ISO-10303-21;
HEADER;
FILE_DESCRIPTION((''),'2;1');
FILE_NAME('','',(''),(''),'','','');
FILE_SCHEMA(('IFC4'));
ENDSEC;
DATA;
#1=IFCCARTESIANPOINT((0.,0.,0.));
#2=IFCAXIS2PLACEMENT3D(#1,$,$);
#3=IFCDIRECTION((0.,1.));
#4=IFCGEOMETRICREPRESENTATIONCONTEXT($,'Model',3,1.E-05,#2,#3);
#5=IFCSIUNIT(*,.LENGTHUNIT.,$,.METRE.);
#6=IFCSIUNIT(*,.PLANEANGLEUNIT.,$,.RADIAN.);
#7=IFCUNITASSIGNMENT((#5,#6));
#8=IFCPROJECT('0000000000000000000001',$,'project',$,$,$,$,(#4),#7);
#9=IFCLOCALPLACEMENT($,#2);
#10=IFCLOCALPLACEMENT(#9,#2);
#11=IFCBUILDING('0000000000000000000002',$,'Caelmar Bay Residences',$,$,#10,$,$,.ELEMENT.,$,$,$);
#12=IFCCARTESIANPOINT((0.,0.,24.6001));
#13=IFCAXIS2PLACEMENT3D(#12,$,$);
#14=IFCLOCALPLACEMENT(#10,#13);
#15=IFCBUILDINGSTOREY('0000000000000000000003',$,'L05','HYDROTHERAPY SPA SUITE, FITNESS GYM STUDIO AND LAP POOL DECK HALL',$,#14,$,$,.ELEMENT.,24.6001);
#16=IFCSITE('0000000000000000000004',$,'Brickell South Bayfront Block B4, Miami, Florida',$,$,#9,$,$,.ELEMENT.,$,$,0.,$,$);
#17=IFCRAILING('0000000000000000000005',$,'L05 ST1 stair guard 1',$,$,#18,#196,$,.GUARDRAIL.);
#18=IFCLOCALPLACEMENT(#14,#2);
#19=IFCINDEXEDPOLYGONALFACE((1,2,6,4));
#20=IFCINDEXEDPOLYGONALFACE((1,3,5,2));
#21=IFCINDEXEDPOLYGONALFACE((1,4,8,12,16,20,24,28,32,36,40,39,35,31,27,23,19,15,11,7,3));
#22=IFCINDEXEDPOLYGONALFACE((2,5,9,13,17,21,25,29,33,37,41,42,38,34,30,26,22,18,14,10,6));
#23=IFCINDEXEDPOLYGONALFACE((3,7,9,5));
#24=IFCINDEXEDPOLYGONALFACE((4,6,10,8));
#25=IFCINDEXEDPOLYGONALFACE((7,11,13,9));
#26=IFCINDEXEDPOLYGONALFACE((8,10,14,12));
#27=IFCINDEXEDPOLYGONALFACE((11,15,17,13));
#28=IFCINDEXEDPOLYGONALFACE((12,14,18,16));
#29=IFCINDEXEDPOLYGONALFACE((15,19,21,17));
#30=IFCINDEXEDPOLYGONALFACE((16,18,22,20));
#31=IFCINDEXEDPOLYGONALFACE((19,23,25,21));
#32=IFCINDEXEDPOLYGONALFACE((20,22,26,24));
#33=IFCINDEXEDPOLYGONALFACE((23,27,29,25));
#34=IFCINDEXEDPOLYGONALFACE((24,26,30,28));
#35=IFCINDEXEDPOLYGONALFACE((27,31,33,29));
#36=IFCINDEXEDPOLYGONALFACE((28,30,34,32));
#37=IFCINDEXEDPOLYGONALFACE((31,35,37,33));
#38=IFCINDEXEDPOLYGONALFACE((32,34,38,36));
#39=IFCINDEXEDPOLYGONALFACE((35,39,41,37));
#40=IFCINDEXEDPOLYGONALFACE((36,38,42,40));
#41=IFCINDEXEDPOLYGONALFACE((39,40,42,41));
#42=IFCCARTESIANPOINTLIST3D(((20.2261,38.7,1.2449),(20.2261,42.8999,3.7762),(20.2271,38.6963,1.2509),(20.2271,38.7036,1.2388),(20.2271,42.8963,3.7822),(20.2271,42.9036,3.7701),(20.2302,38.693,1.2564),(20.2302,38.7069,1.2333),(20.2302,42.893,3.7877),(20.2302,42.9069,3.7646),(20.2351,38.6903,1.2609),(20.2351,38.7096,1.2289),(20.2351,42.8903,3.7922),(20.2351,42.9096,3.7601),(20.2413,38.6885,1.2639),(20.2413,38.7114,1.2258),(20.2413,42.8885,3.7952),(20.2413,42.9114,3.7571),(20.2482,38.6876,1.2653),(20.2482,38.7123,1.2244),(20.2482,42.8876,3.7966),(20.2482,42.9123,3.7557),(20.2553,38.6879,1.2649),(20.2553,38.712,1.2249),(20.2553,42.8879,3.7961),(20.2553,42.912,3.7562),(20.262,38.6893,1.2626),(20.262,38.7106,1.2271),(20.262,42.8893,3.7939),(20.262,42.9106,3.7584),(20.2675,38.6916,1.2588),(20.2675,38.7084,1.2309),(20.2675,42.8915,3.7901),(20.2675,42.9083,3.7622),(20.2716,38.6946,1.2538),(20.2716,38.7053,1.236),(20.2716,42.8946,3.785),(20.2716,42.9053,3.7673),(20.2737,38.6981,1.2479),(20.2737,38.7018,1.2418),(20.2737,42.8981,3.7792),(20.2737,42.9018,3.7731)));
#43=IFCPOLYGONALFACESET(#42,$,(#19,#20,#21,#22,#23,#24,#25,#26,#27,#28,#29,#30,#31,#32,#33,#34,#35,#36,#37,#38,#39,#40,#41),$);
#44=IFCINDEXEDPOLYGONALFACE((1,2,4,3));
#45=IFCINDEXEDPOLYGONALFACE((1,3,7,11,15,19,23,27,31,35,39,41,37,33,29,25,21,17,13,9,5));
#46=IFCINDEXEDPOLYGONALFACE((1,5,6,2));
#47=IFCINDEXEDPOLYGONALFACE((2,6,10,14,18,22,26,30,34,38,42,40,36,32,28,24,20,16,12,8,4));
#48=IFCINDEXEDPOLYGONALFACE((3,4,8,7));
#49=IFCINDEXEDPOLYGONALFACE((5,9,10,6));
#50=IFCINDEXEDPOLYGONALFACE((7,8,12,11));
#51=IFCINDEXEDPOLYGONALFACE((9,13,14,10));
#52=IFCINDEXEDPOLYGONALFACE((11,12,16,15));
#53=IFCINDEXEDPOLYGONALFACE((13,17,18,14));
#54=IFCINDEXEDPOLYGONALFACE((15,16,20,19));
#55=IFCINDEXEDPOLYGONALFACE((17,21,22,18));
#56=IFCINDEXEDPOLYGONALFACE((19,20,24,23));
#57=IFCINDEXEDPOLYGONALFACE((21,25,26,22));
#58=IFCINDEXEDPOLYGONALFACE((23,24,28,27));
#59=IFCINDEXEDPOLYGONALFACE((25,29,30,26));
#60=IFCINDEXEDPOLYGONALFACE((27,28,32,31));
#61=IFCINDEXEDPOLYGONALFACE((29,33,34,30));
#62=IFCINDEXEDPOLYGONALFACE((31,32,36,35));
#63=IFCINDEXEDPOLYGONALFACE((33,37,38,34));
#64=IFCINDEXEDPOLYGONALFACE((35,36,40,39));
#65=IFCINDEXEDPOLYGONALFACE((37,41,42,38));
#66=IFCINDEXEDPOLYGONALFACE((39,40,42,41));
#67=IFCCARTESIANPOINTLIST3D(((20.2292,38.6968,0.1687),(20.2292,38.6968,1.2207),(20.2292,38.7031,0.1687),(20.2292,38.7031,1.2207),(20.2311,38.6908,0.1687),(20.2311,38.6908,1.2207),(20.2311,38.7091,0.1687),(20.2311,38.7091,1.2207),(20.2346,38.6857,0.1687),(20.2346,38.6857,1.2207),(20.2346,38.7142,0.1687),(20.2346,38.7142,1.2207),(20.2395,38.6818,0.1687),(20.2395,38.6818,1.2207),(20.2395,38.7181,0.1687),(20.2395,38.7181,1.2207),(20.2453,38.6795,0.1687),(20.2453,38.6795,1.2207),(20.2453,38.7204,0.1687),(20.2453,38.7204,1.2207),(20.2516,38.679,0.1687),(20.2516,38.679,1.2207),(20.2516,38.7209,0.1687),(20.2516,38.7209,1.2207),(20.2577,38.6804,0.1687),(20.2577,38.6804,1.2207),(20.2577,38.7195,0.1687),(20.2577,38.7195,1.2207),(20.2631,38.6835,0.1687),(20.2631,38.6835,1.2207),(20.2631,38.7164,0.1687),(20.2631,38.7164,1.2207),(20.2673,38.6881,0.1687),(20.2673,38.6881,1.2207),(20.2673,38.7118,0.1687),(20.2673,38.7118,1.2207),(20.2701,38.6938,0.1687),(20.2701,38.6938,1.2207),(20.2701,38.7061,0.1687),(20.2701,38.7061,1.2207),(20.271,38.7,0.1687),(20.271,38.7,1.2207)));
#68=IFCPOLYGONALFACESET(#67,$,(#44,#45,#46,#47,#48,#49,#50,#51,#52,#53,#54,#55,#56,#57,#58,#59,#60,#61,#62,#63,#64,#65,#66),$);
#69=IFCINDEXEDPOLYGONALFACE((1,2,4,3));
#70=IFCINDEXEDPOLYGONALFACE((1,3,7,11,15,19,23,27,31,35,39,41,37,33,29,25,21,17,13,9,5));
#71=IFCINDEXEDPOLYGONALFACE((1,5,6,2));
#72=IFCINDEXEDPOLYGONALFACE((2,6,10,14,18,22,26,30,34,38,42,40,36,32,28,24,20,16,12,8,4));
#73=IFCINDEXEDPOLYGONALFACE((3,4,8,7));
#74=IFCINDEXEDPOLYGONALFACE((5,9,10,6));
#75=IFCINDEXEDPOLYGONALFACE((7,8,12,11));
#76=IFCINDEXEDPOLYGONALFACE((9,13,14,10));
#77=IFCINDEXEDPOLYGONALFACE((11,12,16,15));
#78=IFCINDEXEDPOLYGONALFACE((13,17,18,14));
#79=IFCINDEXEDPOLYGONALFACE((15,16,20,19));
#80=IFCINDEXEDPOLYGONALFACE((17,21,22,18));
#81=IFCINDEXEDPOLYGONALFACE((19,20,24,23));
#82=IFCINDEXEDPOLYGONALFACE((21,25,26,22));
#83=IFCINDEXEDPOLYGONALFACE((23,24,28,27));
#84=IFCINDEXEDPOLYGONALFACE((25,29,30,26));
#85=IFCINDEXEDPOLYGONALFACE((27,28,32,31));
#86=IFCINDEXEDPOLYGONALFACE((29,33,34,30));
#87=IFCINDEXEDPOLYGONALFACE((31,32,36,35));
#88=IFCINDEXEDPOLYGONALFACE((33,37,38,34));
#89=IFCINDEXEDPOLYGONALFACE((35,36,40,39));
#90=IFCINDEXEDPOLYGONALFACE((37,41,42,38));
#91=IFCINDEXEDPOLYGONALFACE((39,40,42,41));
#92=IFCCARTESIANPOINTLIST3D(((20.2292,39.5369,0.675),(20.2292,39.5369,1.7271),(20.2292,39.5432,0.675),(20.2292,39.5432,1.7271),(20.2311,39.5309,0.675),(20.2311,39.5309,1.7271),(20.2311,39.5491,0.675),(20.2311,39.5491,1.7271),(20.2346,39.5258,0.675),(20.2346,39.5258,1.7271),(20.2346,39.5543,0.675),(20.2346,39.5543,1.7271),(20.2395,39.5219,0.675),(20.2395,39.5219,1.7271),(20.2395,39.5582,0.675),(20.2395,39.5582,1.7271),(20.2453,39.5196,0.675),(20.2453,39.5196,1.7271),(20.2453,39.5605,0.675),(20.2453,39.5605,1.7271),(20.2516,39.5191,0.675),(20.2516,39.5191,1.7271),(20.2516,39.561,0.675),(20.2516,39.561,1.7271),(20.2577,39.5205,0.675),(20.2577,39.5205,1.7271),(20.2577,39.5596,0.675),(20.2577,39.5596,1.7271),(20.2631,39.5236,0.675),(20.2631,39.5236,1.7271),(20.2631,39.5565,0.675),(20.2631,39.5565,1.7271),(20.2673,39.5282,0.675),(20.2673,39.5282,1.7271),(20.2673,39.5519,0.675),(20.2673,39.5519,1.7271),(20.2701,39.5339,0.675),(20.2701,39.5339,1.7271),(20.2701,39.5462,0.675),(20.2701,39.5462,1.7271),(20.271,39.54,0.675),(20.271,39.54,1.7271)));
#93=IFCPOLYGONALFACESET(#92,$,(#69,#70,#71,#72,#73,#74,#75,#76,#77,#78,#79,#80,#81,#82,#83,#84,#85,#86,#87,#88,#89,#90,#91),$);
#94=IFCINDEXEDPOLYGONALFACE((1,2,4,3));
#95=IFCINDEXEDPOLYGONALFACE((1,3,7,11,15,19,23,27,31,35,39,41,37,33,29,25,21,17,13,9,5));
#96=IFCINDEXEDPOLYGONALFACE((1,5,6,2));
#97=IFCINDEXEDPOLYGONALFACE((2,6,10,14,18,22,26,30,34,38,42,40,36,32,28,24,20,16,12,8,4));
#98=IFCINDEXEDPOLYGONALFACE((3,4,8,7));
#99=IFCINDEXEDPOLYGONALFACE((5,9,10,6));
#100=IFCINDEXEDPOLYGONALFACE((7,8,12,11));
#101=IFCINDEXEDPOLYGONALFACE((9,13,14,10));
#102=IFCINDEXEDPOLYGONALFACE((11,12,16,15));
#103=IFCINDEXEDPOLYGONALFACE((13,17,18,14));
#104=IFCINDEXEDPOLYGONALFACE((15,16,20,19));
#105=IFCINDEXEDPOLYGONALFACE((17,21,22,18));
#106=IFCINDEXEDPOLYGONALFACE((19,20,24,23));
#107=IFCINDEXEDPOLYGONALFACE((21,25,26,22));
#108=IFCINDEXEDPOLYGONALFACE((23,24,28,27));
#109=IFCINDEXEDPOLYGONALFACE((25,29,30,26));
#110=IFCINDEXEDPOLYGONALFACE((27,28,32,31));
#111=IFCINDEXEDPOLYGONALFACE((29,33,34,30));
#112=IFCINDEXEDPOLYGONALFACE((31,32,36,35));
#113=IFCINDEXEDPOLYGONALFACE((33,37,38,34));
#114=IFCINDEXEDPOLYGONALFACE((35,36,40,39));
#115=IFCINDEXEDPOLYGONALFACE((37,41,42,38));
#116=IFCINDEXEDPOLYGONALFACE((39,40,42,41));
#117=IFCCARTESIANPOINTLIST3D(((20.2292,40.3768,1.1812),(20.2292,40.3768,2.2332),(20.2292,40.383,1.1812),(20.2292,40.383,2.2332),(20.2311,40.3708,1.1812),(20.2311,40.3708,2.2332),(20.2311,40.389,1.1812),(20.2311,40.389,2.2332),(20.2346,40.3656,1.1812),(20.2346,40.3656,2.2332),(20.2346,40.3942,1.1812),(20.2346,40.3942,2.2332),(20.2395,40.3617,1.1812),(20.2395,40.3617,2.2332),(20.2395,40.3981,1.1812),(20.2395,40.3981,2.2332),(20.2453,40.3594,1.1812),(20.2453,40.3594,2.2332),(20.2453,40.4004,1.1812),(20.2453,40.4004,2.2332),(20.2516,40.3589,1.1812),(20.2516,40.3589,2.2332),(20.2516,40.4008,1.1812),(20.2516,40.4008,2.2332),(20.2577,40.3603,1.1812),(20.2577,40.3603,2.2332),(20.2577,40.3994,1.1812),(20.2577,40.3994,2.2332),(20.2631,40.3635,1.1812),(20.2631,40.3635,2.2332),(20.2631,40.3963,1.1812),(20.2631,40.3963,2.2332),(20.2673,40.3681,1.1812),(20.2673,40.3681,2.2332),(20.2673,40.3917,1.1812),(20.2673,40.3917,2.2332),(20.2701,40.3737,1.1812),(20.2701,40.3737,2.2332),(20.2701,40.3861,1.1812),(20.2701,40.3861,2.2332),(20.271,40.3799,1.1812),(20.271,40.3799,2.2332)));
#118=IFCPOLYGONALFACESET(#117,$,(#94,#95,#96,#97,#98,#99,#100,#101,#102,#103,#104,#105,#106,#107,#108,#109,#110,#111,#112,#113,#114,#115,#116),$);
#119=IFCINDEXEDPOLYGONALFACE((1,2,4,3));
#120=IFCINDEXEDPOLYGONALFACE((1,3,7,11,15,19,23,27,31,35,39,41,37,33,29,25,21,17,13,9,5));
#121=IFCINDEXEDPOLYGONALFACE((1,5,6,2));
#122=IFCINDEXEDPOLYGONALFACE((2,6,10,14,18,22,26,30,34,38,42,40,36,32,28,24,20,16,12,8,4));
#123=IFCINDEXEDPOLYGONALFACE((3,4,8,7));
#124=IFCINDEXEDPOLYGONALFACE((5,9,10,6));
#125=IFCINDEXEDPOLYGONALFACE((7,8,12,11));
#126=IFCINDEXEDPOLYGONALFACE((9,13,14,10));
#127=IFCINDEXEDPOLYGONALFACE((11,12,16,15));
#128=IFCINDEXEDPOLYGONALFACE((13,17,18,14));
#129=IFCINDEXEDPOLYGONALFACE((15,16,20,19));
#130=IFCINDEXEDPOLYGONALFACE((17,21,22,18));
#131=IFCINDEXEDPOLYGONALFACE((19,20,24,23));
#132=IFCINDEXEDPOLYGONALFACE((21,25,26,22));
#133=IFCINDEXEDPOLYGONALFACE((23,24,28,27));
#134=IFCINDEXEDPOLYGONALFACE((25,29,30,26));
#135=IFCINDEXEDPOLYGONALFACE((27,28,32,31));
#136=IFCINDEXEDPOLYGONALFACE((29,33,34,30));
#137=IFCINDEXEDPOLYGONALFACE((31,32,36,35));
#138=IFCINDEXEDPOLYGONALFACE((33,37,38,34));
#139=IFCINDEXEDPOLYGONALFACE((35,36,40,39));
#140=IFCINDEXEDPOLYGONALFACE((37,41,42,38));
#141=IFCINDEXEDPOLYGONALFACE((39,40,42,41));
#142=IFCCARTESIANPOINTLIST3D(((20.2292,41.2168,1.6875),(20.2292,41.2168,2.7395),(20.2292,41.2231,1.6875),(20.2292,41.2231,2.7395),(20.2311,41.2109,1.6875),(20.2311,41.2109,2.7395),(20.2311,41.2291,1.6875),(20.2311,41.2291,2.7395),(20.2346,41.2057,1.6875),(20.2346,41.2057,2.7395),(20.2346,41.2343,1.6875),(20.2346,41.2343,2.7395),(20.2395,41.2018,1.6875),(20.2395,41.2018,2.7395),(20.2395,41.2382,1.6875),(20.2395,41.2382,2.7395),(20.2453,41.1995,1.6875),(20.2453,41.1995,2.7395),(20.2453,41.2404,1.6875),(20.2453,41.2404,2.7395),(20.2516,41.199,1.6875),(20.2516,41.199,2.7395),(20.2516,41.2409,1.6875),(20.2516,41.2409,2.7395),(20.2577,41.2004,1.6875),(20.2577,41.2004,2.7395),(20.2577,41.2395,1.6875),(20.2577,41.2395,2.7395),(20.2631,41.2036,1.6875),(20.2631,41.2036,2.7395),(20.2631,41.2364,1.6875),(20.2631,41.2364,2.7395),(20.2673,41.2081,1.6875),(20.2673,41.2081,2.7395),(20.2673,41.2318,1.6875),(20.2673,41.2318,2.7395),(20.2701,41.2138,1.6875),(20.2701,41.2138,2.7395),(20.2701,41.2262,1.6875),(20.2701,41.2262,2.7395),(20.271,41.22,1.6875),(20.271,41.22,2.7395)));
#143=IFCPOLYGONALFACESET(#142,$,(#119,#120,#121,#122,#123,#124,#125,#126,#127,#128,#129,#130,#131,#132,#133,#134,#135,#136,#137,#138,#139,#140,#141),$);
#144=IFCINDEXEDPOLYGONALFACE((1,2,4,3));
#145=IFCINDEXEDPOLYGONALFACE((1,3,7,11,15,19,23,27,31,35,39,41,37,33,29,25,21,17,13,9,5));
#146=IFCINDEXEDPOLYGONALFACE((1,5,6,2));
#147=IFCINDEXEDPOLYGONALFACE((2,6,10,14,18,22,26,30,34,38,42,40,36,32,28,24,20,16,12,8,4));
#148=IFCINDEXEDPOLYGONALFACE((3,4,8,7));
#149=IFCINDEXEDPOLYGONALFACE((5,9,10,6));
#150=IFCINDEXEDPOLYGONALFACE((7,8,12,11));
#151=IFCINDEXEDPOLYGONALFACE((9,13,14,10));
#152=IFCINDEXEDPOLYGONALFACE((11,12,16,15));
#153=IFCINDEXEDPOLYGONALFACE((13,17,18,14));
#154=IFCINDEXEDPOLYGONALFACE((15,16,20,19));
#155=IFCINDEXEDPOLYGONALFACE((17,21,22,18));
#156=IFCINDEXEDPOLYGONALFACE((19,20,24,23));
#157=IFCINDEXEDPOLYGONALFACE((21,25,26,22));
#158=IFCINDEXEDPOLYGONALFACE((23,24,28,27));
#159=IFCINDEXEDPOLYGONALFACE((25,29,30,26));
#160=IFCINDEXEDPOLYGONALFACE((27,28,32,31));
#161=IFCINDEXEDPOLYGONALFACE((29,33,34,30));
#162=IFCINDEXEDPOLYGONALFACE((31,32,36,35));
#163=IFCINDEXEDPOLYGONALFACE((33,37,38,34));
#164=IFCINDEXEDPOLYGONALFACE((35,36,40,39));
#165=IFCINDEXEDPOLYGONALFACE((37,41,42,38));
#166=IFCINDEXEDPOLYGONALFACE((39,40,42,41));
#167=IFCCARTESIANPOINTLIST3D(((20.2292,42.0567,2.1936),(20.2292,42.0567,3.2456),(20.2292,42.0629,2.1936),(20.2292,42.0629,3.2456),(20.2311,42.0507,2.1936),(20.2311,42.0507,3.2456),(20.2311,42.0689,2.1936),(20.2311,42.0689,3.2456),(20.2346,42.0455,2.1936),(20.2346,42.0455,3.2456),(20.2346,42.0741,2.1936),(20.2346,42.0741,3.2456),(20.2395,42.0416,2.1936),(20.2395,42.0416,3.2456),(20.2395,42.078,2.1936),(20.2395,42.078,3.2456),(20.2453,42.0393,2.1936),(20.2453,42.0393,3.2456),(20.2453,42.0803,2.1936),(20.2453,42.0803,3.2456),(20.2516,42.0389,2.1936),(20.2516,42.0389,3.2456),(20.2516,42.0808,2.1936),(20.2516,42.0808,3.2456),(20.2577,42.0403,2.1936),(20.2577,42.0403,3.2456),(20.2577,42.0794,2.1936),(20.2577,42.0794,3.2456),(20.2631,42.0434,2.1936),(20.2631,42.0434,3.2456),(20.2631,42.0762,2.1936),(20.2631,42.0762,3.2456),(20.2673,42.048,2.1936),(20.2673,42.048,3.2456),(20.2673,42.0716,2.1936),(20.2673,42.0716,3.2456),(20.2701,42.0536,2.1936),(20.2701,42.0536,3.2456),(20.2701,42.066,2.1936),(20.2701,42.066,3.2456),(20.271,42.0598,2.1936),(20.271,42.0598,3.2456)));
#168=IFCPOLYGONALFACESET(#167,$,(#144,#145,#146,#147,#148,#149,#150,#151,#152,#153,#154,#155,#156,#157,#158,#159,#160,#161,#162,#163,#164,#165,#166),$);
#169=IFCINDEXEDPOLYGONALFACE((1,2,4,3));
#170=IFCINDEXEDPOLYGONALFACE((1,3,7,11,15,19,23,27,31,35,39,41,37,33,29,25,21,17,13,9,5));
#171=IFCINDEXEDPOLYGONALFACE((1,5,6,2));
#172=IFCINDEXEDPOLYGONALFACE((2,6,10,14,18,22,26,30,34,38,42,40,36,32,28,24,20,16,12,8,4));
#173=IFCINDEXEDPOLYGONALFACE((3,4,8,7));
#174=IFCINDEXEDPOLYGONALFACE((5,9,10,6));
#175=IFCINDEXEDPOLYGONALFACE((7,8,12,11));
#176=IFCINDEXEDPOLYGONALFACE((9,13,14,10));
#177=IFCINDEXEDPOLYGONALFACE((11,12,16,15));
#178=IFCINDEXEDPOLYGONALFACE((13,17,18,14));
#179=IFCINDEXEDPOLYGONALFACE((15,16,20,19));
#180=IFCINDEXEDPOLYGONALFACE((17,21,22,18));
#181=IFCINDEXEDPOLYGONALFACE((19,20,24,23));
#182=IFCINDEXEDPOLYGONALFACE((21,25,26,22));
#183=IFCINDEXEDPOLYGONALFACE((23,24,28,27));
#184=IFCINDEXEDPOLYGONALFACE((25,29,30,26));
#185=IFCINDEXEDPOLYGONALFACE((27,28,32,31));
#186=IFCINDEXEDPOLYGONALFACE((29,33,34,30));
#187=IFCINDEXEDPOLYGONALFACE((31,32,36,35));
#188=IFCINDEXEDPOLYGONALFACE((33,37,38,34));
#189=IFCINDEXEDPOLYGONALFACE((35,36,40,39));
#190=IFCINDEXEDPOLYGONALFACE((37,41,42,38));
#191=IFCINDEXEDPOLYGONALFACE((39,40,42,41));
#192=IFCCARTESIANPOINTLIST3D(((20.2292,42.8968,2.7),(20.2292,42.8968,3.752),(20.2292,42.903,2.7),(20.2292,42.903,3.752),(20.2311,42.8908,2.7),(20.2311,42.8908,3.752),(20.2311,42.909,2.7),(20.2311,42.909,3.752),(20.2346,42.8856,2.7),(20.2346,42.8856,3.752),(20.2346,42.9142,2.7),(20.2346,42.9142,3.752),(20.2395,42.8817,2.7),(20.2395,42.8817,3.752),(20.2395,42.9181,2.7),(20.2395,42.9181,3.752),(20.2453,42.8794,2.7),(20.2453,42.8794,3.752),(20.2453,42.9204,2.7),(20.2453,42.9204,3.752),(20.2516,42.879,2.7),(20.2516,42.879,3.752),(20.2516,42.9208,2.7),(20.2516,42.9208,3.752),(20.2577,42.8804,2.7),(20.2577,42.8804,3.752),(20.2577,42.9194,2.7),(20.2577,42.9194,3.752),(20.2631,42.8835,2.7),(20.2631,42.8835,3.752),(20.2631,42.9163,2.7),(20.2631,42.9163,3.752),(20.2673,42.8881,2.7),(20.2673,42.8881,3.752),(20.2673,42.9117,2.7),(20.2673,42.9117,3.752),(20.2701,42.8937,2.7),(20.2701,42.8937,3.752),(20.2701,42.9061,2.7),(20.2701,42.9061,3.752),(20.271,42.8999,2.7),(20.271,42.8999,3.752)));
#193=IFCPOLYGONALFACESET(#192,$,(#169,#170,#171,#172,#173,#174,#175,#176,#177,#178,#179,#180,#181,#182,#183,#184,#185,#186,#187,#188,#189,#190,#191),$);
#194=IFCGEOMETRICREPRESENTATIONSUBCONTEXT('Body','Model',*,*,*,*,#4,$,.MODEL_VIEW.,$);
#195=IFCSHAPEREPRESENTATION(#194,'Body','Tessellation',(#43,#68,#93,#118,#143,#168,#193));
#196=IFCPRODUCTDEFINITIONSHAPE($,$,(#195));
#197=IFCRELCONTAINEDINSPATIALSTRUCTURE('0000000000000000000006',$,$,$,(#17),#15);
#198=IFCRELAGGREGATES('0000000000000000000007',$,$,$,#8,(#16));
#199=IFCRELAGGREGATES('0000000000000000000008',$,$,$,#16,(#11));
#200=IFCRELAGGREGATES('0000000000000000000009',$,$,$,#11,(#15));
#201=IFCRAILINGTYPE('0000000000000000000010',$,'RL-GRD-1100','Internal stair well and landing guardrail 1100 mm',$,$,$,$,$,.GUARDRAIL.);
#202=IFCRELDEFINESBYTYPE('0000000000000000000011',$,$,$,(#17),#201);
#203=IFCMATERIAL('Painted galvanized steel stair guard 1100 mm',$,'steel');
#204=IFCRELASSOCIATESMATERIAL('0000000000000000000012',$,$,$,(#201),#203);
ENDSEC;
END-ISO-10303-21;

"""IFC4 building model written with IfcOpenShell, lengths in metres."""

from ifc_helpers import new_model, si_unit, direction, frame, origin, origin_2d, place, context, subcontext, project, spatial, circle, extrude, material, type_object, element, save


model = new_model("IFC4")

# Units and contexts
model_context = context("Model", 3, precision=1e-05, world=origin(), true_north=direction((0.0, 1.0)))
body_context = subcontext(model_context, "Body", "Model", "MODEL_VIEW")
ifc_project = project(units=[si_unit("LENGTHUNIT", "METRE"), si_unit("PLANEANGLEUNIT", "RADIAN")], contexts=[model_context])

# Site, building, storey
site_placement = place(None, origin())
site = spatial("IfcSite", under=ifc_project, at=site_placement, Name="Brickell South Bayfront Block B4, Miami, Florida", CompositionType="ELEMENT", RefElevation=0.0)
building_placement = place(site_placement, origin())
building = spatial("IfcBuilding", under=site, at=building_placement, Name="Caelmar Bay Residences", CompositionType="ELEMENT")
storey_placement = place(building_placement, frame((0.0, 0.0, 24.6001)))
storey = spatial("IfcBuildingStorey", under=building, at=storey_placement, Name="L05", Description="HYDROTHERAPY SPA SUITE, FITNESS GYM STUDIO AND LAP POOL DECK HALL", CompositionType="ELEMENT", Elevation=24.6001)

# Railing
ifc_material_1 = material(Name="Painted galvanized steel stair guard 1100 mm", Category="steel")
railing_type = type_object("IfcRailingType", Name="RL-GRD-1100", Description="Internal stair well and landing guardrail 1100 mm", PredefinedType="GUARDRAIL", material=ifc_material_1)
railing_1_placement = place(storey_placement, frame((20.25, 38.7, 0.1687)))
element("IfcRailing", 1, at=railing_1_placement, inside=storey, type_object=railing_type, Name="L05 ST1 stair guard 1", PredefinedType="GUARDRAIL", context=body_context, shape_type="SweptSolid", body=[
    extrude(circle(Radius=0.0239, at=origin_2d()), frame((0.0, 0.0, 1.0762), z_axis=(0.0, 0.856476, 0.516186), x_axis=(-1.0, 0.0, 0.0)), (0.0, 0.0, 1.0), 4.9038),
    extrude(circle(Radius=0.021, at=origin_2d()), origin(), (0.0, 0.0, 1.0), 1.052),
    extrude(circle(Radius=0.021, at=origin_2d()), frame((0.0, 0.8401, 0.5063)), (0.0, 0.0, 1.0), 1.052),
    extrude(circle(Radius=0.021, at=origin_2d()), frame((0.0, 1.6799, 1.0125)), (0.0, 0.0, 1.0), 1.052),
    extrude(circle(Radius=0.021, at=origin_2d()), frame((0.0, 2.52, 1.5188)), (0.0, 0.0, 1.0), 1.052),
    extrude(circle(Radius=0.021, at=origin_2d()), frame((0.0, 3.3599, 2.0249)), (0.0, 0.0, 1.0), 1.052),
    extrude(circle(Radius=0.021, at=origin_2d()), frame((0.0, 4.2, 2.5312)), (0.0, 0.0, 1.0), 1.052),
])

save(model, "model.ifc")
